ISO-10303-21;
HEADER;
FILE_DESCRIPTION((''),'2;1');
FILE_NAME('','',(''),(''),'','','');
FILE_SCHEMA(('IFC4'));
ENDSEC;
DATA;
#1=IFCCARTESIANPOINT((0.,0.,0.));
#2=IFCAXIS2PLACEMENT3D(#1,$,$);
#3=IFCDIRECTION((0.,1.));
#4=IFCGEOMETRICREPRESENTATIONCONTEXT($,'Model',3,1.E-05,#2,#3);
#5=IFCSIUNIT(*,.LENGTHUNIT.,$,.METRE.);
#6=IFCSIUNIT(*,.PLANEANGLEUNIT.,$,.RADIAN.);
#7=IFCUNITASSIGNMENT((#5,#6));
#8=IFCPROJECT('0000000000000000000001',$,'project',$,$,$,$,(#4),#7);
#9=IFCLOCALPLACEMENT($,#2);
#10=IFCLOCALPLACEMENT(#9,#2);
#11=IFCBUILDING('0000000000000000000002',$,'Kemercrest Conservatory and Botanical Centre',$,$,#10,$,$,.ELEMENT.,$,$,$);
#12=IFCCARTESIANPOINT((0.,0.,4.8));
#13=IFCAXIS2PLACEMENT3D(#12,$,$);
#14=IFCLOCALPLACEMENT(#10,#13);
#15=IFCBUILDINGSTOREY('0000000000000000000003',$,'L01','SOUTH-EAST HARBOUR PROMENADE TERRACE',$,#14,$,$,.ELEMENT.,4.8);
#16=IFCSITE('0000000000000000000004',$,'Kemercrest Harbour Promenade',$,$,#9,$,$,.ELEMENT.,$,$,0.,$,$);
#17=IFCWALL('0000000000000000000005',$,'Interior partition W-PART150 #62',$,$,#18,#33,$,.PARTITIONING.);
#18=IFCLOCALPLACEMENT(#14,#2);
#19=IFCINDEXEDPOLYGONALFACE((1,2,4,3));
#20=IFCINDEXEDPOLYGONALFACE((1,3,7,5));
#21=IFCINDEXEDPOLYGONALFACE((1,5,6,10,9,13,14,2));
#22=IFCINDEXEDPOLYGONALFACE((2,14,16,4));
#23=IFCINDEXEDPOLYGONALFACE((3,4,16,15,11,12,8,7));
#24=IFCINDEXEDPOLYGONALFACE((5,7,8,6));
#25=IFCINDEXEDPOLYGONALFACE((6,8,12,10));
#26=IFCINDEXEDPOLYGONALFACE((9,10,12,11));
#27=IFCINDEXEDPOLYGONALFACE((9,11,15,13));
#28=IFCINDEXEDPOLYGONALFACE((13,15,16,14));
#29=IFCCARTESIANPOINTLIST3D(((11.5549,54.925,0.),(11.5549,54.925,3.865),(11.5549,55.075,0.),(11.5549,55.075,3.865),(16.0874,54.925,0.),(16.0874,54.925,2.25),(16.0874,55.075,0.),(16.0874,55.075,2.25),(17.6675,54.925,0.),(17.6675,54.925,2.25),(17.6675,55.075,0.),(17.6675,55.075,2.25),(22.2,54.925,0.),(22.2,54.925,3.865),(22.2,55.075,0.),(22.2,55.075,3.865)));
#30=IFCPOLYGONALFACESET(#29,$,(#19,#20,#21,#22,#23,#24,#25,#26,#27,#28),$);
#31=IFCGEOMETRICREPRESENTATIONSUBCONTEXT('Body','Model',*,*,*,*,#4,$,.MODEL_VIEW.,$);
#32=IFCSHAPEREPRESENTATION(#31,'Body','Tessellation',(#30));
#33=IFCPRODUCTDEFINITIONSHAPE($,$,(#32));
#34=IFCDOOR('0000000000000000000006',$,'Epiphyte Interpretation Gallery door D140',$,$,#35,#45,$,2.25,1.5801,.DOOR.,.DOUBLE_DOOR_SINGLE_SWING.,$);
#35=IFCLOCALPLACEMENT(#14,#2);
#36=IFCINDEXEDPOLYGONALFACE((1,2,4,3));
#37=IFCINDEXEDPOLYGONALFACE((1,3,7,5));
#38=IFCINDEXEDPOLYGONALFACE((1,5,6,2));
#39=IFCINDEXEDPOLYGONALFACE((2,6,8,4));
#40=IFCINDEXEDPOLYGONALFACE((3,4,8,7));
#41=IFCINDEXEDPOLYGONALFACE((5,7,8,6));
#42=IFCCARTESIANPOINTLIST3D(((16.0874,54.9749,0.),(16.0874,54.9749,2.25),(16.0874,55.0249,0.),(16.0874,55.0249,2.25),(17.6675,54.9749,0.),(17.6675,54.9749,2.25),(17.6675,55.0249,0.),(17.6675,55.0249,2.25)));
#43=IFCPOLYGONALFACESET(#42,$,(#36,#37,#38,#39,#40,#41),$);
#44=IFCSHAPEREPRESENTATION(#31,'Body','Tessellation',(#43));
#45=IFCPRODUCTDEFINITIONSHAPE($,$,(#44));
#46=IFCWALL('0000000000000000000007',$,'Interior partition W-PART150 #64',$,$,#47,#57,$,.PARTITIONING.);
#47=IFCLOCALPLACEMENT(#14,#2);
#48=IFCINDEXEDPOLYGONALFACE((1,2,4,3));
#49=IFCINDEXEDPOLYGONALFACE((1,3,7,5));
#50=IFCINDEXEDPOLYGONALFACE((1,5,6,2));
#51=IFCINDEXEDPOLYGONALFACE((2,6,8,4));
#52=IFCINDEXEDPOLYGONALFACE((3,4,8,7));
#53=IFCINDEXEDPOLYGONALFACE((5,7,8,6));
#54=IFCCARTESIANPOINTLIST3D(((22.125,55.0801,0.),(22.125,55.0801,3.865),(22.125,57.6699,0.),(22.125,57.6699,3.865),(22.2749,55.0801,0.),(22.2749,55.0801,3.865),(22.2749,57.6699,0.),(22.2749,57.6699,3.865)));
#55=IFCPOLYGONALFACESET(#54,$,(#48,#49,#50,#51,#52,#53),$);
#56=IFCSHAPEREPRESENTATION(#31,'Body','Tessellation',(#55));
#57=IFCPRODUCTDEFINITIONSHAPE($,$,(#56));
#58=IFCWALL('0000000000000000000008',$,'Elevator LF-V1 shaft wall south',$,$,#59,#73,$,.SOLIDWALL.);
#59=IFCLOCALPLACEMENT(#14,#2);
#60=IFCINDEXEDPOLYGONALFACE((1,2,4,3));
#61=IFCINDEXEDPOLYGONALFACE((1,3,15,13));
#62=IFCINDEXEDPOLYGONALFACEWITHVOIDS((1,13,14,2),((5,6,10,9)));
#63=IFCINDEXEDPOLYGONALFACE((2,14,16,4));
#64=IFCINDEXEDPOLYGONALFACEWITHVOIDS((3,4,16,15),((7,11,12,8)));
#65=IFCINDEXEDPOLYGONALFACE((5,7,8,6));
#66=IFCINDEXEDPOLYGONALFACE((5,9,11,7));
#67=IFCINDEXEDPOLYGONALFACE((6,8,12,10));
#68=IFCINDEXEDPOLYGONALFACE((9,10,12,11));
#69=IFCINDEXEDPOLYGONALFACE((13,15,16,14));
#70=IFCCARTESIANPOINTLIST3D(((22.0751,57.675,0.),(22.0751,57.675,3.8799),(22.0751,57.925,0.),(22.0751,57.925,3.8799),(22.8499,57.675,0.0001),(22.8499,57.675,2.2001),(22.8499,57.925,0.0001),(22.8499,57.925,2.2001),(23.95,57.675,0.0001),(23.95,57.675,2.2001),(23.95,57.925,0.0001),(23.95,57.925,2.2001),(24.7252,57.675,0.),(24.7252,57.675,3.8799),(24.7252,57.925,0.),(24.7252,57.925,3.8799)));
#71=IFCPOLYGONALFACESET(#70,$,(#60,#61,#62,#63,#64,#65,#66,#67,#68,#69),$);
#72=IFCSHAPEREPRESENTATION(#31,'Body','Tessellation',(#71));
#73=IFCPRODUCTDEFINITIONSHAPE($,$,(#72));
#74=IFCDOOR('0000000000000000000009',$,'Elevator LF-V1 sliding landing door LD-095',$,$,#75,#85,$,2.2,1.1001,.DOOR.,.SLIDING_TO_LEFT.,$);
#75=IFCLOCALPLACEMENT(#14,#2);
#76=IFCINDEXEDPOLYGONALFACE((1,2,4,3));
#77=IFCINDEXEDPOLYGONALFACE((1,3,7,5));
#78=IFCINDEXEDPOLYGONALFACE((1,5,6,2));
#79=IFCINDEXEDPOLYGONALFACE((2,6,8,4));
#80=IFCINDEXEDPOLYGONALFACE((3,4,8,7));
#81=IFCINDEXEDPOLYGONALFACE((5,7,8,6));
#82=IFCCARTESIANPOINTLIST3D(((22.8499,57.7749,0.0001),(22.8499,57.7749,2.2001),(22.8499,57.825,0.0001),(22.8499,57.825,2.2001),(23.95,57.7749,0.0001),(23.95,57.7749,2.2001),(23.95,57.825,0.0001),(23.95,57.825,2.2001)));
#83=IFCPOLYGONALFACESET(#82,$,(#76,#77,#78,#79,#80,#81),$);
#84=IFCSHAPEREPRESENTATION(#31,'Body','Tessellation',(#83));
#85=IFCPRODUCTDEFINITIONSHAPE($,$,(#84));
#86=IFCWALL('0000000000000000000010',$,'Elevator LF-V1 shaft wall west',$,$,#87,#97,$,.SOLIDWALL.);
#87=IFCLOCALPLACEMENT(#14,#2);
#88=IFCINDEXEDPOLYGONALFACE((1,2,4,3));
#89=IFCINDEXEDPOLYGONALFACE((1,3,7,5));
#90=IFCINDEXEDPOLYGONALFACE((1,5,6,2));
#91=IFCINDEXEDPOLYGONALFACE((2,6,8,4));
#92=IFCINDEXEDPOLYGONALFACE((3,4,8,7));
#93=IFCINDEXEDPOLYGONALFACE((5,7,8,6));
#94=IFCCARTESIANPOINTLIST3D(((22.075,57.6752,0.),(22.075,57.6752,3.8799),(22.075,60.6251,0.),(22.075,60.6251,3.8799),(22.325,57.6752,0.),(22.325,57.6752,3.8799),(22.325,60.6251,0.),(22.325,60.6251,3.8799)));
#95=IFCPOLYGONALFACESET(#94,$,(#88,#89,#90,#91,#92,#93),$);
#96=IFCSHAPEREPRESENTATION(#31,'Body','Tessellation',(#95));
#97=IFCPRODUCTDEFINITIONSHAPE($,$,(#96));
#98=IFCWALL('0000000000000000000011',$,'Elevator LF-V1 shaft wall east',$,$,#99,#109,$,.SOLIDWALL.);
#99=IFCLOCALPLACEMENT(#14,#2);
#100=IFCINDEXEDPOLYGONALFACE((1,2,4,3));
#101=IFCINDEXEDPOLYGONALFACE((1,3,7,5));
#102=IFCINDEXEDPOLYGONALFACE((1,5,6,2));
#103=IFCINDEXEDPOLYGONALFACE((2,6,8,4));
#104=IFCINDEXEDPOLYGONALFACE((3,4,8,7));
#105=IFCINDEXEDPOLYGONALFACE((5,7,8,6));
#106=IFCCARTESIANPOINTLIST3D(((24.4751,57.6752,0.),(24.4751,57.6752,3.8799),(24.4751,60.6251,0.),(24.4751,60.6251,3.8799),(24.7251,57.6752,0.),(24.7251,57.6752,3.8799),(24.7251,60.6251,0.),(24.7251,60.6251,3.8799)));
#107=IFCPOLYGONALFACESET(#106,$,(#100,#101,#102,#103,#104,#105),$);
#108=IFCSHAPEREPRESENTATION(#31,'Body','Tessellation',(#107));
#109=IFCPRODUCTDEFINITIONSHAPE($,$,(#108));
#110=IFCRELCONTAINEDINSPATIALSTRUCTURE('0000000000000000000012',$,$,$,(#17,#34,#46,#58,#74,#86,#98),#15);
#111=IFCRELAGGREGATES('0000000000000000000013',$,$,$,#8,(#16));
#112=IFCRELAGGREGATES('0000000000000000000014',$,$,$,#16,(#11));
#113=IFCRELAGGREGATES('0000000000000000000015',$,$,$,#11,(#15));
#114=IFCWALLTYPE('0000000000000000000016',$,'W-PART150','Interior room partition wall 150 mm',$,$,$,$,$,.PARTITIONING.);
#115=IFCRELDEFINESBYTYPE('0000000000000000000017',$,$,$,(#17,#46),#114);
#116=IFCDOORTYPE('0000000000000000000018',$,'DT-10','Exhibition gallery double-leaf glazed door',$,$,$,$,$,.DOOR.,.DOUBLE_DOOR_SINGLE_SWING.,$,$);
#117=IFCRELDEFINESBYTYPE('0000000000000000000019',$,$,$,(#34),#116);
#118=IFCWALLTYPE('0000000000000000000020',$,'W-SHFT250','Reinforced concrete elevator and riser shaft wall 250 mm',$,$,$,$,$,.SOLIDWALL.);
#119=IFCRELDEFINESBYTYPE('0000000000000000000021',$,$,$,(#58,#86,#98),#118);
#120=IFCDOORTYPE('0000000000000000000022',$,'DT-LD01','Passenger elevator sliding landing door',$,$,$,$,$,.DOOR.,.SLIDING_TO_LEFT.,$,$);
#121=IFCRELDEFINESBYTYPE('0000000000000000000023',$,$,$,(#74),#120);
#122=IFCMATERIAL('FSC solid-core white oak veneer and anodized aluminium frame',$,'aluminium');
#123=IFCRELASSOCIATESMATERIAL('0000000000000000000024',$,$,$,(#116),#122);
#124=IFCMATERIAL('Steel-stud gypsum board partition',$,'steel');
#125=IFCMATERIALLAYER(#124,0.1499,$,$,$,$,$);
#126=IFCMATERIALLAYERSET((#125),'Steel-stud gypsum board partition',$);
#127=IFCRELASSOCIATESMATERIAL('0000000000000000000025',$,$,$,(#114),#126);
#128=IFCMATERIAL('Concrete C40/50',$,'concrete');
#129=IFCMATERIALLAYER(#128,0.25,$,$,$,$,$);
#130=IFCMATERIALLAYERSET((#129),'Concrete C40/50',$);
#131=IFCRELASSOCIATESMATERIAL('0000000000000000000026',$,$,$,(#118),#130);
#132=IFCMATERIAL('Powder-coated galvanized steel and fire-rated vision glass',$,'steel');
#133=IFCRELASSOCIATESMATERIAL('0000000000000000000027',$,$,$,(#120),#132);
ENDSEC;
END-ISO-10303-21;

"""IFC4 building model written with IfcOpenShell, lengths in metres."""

from ifc_helpers import new_model, si_unit, direction, frame, frame_2d, origin, place, context, subcontext, project, spatial, rectangle, extrude, material, layer, layer_set, type_object, element, fill, save


model = new_model("IFC4")

# Units and contexts
model_context = context("Model", 3, precision=1e-05, world=origin(), true_north=direction((0.0, 1.0)))
body_context = subcontext(model_context, "Body", "Model", "MODEL_VIEW")
ifc_project = project(units=[si_unit("LENGTHUNIT", "METRE"), si_unit("PLANEANGLEUNIT", "RADIAN")], contexts=[model_context])

# Site, building, storey
site_placement = place(None, origin())
site = spatial("IfcSite", under=ifc_project, at=site_placement, Name="Kemercrest Harbour Promenade", CompositionType="ELEMENT", RefElevation=0.0)
building_placement = place(site_placement, origin())
building = spatial("IfcBuilding", under=site, at=building_placement, Name="Kemercrest Conservatory and Botanical Centre", CompositionType="ELEMENT")
storey_placement = place(building_placement, frame((0.0, 0.0, 4.8)))
storey = spatial("IfcBuildingStorey", under=building, at=storey_placement, Name="L01", Description="SOUTH-EAST HARBOUR PROMENADE TERRACE", CompositionType="ELEMENT", Elevation=4.8)

# Shared definitions
ifc_material_1 = material(Name="Concrete C40/50", Category="concrete")

# Shared definitions
ifc_material_2 = material(Name="Powder-coated galvanized steel and fire-rated vision glass", Category="steel")

# Shared definitions
ifc_material_3 = material(Name="FSC solid-core white oak veneer and anodized aluminium frame", Category="aluminium")
door_type_1 = type_object("IfcDoorType", Name="DT-10", Description="Exhibition gallery double-leaf glazed door", OperationType="DOUBLE_DOOR_SINGLE_SWING", PredefinedType="DOOR", material=ifc_material_3)

# Wall, opening, door
ifc_material_4 = material(Name="Steel-stud gypsum board partition", Category="steel")
ifc_layer_1 = layer(ifc_material_4, 0.1499)
ifc_layer_set_1 = layer_set([ifc_layer_1], Name="Steel-stud gypsum board partition")
wall_type_1 = type_object("IfcWallType", Name="W-PART150", Description="Interior room partition wall 150 mm", PredefinedType="PARTITIONING", material=ifc_layer_set_1)
wall_1_placement = place(storey_placement, frame((11.5549, 55.0, 0.0), z_axis=(0.0, 0.0, 1.0), x_axis=(1.0, 0.0, 0.0)))
wall_1 = element("IfcWall", 1, at=wall_1_placement, inside=storey, type_object=wall_type_1, Name="Interior partition W-PART150 #62", PredefinedType="PARTITIONING", context=body_context, shape_type="SweptSolid", body=[
    extrude(rectangle(XDim=10.645, YDim=0.1499, at=frame_2d((5.3225, 0.0))), origin(), (0.0, 0.0, 1.0), 3.865),
])
opening_1_placement = place(wall_1_placement, frame((4.5325, 0.0, 0.0)))
opening_1 = element("IfcOpeningElement", 2, at=opening_1_placement, cuts=wall_1, PredefinedType="OPENING", context=body_context, shape_type="SweptSolid", body=[
    extrude(rectangle(XDim=1.5801, YDim=2.25, at=frame_2d((0.79, 1.125))), frame((0.0, 0.085, 0.0), z_axis=(0.0, -1.0, 0.0), x_axis=(1.0, 0.0, 0.0)), (0.0, 0.0, 1.0), 0.1699),
])
door_1_placement = place(opening_1_placement, origin())
door_1 = element("IfcDoor", 3, at=door_1_placement, inside=storey, type_object=door_type_1, Name="Epiphyte Interpretation Gallery door D140", OperationType="DOUBLE_DOOR_SINGLE_SWING", OverallHeight=2.25, OverallWidth=1.5801, PredefinedType="DOOR", context=body_context, shape_type="SweptSolid", body=[
    extrude(rectangle(XDim=1.5801, YDim=2.25, at=frame_2d((0.79, 1.125))), frame((0.0, 0.0249, 0.0), z_axis=(0.0, -1.0, 0.0), x_axis=(1.0, 0.0, 0.0)), (0.0, 0.0, 1.0), 0.05),
])
fill(opening_1, door_1)

# Wall
wall_2_placement = place(storey_placement, frame((22.2, 55.0801, 0.0), z_axis=(0.0, 0.0, 1.0), x_axis=(0.0, 1.0, 0.0)))
element("IfcWall", 4, at=wall_2_placement, inside=storey, type_object=wall_type_1, Name="Interior partition W-PART150 #64", PredefinedType="PARTITIONING", context=body_context, shape_type="SweptSolid", body=[
    extrude(rectangle(XDim=2.5898, YDim=0.1499, at=frame_2d((1.2949, 0.0))), origin(), (0.0, 0.0, 1.0), 3.865),
])

# Wall, opening, door
ifc_layer_2 = layer(ifc_material_1, 0.25)
ifc_layer_set_2 = layer_set([ifc_layer_2], Name="Concrete C40/50")
wall_type_2 = type_object("IfcWallType", Name="W-SHFT250", Description="Reinforced concrete elevator and riser shaft wall 250 mm", PredefinedType="SOLIDWALL", material=ifc_layer_set_2)
wall_3_placement = place(storey_placement, frame((22.075, 57.8, 0.0), z_axis=(0.0, 0.0, 1.0), x_axis=(1.0, 0.0, 0.0)))
wall_3 = element("IfcWall", 5, at=wall_3_placement, inside=storey, type_object=wall_type_2, Name="Elevator LF-V1 shaft wall south", PredefinedType="SOLIDWALL", context=body_context, shape_type="SweptSolid", body=[
    extrude(rectangle(XDim=2.6501, YDim=0.25, at=frame_2d((1.3252, 0.0))), origin(), (0.0, 0.0, 1.0), 3.8799),
])
opening_2_placement = place(wall_3_placement, frame((0.7749, 0.0, 0.0)))
opening_2 = element("IfcOpeningElement", 6, at=opening_2_placement, cuts=wall_3, PredefinedType="OPENING", context=body_context, shape_type="SweptSolid", body=[
    extrude(rectangle(XDim=1.1001, YDim=2.2, at=frame_2d((0.55, 1.1001))), frame((0.0, 0.135, 0.0), z_axis=(0.0, -1.0, 0.0), x_axis=(1.0, 0.0, 0.0)), (0.0, 0.0, 1.0), 0.27),
])
door_type_2 = type_object("IfcDoorType", Name="DT-LD01", Description="Passenger elevator sliding landing door", OperationType="SLIDING_TO_LEFT", PredefinedType="DOOR", material=ifc_material_2)
door_2_placement = place(opening_2_placement, origin())
door_2 = element("IfcDoor", 7, at=door_2_placement, inside=storey, type_object=door_type_2, Name="Elevator LF-V1 sliding landing door LD-095", OperationType="SLIDING_TO_LEFT", OverallHeight=2.2, OverallWidth=1.1001, PredefinedType="DOOR", context=body_context, shape_type="SweptSolid", body=[
    extrude(rectangle(XDim=1.1001, YDim=2.2, at=frame_2d((0.55, 1.1001))), frame((0.0, 0.0249, 0.0), z_axis=(0.0, -1.0, 0.0), x_axis=(1.0, 0.0, 0.0)), (0.0, 0.0, 1.0), 0.05),
])
fill(opening_2, door_2)

# Walls
for number, where, z_axis, x_axis, name in (
    (8, (22.2, 57.675, 0.0), (0.0, 0.0, 1.0), (0.0, 1.0, 0.0), "Elevator LF-V1 shaft wall west"),
    (9, (24.6001, 57.675, 0.0), (0.0, 0.0, 1.0), (0.0, 1.0, 0.0), "Elevator LF-V1 shaft wall east"),
):
    element("IfcWall", number, at=place(storey_placement, frame(where, z_axis=z_axis, x_axis=x_axis)), inside=storey, type_object=wall_type_2, Name=name, PredefinedType="SOLIDWALL", context=body_context, shape_type="SweptSolid", body=[
        extrude(rectangle(XDim=2.95, YDim=0.25, at=frame_2d((1.4751, 0.0))), origin(), (0.0, 0.0, 1.0), 3.8799),
    ])

save(model, "model.ifc")
